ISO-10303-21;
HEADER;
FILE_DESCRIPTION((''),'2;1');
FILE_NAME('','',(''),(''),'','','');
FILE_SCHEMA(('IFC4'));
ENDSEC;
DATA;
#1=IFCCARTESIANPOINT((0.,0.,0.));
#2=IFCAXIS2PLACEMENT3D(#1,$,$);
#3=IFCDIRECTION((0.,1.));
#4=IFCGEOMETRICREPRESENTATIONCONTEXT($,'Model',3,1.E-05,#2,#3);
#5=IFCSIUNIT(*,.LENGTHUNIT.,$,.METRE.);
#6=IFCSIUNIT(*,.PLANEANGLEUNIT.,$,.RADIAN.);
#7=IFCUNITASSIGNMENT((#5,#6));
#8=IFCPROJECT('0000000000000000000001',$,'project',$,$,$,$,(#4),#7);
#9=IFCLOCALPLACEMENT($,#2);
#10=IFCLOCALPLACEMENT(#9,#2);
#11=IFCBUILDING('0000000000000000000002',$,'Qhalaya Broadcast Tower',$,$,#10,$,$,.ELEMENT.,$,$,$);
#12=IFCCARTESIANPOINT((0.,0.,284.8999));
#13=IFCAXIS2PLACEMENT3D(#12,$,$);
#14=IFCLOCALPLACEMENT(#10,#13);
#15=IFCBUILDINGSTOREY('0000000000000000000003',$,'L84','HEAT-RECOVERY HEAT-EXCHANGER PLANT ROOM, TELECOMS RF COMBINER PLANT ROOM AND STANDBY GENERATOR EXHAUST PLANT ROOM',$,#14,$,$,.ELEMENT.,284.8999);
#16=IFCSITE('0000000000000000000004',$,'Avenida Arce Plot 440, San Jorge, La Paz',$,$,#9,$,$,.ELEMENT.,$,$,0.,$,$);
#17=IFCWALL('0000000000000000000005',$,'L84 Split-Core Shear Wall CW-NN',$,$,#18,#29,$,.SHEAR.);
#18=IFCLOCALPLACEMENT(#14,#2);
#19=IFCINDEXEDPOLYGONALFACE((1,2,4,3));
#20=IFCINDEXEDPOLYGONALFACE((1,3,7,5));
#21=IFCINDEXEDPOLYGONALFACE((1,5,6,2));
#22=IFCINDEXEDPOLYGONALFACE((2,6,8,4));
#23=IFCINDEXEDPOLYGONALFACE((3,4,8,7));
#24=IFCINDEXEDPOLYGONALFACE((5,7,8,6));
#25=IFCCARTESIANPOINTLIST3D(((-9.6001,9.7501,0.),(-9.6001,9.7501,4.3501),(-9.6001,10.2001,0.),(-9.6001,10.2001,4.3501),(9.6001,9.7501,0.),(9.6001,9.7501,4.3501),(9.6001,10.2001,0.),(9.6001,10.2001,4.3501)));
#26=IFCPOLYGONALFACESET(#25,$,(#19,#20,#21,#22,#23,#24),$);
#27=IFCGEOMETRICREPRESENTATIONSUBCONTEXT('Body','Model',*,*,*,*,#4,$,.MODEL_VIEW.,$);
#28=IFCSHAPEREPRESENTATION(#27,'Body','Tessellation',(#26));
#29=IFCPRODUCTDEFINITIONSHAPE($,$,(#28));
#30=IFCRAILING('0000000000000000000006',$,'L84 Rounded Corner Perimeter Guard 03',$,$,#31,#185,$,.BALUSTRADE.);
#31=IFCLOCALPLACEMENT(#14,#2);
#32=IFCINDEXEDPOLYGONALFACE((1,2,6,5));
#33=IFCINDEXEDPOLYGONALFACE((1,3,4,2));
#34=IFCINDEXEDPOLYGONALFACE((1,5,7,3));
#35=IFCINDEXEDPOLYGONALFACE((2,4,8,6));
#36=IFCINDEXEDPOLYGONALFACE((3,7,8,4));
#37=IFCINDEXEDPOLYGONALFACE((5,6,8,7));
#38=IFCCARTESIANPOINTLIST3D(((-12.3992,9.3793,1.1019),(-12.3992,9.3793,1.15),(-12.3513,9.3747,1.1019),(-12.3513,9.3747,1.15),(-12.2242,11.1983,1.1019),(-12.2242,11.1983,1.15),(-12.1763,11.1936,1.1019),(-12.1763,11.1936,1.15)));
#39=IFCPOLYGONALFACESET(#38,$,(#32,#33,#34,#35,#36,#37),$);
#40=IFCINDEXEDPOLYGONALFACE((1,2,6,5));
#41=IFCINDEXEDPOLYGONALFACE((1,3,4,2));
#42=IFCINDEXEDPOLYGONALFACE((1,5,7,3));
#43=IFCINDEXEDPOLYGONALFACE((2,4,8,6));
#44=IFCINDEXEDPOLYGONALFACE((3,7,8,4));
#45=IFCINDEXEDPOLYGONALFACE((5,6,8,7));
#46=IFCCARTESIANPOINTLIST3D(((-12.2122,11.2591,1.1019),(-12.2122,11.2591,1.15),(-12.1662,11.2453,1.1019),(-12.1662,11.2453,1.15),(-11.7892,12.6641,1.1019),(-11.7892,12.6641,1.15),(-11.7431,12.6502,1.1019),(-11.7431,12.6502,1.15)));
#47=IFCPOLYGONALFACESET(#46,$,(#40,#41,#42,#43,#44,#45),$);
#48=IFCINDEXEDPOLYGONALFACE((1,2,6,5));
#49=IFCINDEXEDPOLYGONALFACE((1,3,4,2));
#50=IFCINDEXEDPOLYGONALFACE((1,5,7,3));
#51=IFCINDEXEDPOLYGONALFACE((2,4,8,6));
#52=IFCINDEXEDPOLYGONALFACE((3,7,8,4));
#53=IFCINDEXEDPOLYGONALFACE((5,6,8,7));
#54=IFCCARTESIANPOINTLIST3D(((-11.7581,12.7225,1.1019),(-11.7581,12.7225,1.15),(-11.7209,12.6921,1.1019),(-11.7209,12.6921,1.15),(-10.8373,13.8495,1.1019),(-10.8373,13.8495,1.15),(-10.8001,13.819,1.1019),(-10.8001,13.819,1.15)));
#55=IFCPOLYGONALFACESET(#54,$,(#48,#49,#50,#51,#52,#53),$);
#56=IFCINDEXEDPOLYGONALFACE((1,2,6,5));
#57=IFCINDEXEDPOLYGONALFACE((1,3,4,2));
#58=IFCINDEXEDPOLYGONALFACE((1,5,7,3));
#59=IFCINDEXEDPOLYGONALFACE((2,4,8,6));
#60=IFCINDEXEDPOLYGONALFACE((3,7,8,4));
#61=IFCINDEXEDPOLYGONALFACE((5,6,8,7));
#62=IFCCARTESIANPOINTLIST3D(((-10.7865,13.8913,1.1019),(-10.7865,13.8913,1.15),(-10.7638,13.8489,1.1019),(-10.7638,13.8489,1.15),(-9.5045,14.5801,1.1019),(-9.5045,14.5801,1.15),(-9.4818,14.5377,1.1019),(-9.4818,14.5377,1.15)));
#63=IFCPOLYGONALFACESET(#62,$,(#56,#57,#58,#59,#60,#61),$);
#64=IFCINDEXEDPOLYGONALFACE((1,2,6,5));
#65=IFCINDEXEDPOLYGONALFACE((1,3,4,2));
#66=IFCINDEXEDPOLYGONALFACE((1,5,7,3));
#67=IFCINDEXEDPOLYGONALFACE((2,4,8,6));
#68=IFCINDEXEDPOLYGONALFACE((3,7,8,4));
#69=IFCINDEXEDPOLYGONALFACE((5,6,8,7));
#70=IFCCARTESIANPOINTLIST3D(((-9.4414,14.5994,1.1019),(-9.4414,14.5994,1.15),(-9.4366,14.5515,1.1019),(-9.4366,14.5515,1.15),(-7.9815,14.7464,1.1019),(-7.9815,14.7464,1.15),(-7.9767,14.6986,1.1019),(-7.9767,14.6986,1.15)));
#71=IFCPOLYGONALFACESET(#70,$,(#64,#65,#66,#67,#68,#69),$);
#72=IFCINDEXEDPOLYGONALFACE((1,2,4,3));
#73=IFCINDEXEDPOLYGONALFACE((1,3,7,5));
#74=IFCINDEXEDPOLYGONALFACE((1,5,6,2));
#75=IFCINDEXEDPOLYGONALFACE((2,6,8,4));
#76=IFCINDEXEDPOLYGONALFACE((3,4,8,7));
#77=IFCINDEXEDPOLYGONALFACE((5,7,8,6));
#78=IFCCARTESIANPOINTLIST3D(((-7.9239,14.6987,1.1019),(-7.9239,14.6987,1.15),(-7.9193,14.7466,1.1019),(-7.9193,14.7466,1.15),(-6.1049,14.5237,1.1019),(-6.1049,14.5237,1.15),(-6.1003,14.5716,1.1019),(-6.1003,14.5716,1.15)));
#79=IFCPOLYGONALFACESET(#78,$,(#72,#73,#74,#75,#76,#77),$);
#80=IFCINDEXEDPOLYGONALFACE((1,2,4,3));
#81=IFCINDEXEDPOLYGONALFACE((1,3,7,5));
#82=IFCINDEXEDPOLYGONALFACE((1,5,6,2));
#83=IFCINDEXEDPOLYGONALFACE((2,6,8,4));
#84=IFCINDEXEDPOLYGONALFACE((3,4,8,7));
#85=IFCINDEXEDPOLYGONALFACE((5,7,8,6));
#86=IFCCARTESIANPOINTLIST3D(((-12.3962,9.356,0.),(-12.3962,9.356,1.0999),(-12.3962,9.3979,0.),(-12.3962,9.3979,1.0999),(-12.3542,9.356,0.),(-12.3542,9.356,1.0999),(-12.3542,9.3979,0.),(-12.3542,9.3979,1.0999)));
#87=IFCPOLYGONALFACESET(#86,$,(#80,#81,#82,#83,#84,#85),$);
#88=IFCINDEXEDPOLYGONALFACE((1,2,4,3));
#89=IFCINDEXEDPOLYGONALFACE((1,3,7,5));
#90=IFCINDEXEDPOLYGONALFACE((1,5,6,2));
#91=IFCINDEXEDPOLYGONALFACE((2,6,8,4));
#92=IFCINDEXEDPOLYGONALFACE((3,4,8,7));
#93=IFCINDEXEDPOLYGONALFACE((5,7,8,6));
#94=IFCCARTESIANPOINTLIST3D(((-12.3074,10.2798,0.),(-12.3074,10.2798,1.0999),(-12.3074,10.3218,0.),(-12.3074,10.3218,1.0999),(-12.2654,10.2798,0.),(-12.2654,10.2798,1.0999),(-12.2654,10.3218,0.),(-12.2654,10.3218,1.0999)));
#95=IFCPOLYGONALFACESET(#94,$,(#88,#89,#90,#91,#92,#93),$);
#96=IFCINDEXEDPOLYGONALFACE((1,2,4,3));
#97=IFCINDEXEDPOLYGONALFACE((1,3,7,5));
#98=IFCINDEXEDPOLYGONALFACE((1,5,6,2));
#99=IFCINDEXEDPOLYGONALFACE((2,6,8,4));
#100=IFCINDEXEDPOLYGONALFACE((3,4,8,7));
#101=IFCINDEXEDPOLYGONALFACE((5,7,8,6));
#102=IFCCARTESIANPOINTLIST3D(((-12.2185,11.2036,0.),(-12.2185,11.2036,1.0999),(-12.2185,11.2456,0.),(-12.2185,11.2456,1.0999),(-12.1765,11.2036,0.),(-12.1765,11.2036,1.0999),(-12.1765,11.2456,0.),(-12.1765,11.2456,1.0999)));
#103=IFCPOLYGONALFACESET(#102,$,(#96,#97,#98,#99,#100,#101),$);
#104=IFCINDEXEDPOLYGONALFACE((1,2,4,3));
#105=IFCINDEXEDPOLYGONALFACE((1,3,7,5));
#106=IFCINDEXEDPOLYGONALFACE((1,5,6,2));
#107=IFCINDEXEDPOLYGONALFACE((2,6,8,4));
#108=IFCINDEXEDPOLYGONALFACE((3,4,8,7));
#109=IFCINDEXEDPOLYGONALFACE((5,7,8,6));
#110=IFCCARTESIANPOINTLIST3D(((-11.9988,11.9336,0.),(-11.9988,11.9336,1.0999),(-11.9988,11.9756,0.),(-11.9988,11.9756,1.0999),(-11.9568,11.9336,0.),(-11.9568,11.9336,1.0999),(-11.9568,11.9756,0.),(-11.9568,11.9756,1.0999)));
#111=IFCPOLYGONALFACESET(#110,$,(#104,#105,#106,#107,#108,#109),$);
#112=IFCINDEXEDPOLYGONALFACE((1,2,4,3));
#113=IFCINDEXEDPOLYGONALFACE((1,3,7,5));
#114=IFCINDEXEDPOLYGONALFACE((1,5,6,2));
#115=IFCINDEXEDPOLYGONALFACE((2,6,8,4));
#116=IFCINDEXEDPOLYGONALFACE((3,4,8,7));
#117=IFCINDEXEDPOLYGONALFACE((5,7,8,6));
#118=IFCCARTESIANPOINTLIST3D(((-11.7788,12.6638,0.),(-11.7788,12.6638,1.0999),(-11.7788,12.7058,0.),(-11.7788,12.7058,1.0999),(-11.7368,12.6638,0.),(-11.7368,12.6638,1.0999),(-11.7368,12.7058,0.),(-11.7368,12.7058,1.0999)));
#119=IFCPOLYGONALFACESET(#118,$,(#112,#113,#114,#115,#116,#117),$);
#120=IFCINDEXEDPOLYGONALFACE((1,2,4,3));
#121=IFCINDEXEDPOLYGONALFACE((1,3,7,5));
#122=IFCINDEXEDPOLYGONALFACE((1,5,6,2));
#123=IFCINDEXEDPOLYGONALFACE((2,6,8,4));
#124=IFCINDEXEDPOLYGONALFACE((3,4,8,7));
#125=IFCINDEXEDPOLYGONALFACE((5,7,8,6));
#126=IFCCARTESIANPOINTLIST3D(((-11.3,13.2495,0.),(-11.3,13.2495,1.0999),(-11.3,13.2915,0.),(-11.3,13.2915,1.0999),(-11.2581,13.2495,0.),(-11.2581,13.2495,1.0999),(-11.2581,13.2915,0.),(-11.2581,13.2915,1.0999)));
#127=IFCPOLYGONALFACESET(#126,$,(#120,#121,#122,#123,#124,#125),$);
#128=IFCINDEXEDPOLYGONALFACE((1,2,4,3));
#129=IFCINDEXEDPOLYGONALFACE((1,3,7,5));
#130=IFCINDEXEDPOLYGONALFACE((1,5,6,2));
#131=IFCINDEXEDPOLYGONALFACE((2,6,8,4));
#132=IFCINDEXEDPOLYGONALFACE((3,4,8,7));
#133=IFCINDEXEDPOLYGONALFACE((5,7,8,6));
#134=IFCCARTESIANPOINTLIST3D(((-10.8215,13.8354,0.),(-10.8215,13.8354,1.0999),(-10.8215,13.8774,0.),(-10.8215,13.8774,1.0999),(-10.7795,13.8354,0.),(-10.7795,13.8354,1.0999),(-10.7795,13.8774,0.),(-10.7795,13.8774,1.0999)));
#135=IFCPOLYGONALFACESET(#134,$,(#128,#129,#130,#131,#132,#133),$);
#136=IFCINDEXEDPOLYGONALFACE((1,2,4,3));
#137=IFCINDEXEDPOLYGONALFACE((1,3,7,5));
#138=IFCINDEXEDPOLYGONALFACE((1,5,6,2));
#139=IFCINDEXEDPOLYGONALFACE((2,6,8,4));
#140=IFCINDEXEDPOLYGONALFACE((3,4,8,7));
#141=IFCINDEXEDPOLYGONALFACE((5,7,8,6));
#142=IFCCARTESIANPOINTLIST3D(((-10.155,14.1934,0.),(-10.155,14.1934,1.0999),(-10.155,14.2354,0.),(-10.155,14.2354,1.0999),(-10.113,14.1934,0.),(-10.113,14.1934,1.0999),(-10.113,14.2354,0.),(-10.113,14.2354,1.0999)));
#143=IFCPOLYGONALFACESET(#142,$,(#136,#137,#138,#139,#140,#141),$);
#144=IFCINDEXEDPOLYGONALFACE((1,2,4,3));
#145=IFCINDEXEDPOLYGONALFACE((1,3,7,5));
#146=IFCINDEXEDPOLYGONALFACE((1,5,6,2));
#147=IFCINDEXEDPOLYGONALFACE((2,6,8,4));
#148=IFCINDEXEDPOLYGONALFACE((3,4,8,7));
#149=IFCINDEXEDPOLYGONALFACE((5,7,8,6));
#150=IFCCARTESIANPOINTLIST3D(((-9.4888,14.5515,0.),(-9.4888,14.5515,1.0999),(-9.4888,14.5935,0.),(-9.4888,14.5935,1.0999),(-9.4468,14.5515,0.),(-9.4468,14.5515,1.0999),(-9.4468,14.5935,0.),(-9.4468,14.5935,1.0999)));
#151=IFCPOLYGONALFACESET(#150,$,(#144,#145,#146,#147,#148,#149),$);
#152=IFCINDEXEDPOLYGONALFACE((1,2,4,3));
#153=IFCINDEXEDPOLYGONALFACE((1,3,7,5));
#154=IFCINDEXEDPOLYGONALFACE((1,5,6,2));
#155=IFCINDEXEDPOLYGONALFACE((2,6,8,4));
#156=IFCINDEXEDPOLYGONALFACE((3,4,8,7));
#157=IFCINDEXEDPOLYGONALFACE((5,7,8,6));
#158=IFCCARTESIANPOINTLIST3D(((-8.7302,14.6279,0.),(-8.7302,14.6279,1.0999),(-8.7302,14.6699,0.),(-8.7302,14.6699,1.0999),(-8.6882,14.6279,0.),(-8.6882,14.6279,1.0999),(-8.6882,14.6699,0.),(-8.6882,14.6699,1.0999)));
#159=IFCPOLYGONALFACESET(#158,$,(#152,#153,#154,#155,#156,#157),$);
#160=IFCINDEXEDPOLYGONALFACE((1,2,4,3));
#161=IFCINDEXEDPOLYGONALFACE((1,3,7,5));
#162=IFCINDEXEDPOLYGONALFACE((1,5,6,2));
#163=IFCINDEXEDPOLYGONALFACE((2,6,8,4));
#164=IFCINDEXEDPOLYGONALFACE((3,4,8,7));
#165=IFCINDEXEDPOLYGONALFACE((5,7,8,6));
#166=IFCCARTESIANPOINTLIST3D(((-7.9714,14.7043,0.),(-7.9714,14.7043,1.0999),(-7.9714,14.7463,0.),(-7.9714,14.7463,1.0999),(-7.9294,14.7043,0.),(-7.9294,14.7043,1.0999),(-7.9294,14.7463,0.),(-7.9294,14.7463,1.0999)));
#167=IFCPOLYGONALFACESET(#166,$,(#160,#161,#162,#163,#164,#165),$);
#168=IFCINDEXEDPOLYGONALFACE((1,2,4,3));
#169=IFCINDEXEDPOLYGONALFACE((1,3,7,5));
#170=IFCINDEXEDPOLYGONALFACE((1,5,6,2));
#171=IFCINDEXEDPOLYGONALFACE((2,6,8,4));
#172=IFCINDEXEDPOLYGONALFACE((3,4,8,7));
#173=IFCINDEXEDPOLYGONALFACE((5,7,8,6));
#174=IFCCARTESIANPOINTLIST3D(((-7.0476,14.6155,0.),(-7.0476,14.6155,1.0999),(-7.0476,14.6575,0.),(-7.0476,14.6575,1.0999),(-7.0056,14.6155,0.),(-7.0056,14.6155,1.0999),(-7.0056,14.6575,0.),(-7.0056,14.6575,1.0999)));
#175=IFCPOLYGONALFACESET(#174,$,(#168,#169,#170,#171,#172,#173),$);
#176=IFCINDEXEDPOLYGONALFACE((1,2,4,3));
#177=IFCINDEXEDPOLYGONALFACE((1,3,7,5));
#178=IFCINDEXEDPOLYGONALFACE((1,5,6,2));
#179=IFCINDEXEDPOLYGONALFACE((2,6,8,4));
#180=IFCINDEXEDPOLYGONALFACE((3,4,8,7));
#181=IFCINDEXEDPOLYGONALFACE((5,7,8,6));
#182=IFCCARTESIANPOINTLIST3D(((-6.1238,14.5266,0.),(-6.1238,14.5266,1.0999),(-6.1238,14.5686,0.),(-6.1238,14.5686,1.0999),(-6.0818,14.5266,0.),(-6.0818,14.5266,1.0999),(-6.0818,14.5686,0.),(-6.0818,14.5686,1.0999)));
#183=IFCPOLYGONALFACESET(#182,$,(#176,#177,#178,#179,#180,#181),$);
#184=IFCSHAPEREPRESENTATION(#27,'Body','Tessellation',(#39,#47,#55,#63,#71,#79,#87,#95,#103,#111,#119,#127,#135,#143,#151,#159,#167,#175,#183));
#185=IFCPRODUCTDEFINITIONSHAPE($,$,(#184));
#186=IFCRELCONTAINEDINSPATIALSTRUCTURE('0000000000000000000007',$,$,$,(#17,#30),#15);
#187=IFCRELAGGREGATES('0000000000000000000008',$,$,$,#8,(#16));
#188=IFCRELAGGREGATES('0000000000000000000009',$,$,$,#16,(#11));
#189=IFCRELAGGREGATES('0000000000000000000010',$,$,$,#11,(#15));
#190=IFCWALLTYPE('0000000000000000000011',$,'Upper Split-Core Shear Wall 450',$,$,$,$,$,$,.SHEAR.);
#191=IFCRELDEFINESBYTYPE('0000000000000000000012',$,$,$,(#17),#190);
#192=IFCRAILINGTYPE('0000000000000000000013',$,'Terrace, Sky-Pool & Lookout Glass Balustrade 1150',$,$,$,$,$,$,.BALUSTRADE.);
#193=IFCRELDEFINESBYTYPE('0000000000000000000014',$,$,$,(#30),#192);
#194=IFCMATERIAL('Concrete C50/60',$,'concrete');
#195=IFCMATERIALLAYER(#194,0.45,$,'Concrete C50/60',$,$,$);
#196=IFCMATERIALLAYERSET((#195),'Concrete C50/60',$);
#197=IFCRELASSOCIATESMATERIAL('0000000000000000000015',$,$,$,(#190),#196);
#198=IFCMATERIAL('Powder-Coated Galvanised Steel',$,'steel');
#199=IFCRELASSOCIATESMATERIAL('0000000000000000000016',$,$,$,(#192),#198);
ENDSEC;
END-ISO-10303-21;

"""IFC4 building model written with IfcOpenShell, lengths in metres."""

from ifc_helpers import new_model, si_unit, direction, frame, frame_2d, origin, origin_2d, place, context, subcontext, project, spatial, rectangle, extrude, material, layer, layer_set, type_object, element, save


model = new_model("IFC4")

# Units and contexts
model_context = context("Model", 3, precision=1e-05, world=origin(), true_north=direction((0.0, 1.0)))
body_context = subcontext(model_context, "Body", "Model", "MODEL_VIEW")
ifc_project = project(units=[si_unit("LENGTHUNIT", "METRE"), si_unit("PLANEANGLEUNIT", "RADIAN")], contexts=[model_context])

# Site, building, storey
site_placement = place(None, origin())
site = spatial("IfcSite", under=ifc_project, at=site_placement, Name="Avenida Arce Plot 440, San Jorge, La Paz", CompositionType="ELEMENT", RefElevation=0.0)
building_placement = place(site_placement, origin())
building = spatial("IfcBuilding", under=site, at=building_placement, Name="Qhalaya Broadcast Tower", CompositionType="ELEMENT")
storey_placement = place(building_placement, frame((0.0, 0.0, 284.8999)))
storey = spatial("IfcBuildingStorey", under=building, at=storey_placement, Name="L84", Description="HEAT-RECOVERY HEAT-EXCHANGER PLANT ROOM, TELECOMS RF COMBINER PLANT ROOM AND STANDBY GENERATOR EXHAUST PLANT ROOM", CompositionType="ELEMENT", Elevation=284.8999)

# Shared definitions
ifc_material_1 = material(Name="Concrete C50/60", Category="concrete")

# Wall
ifc_layer_1 = layer(ifc_material_1, 0.45, Name="Concrete C50/60")
ifc_layer_set_1 = layer_set([ifc_layer_1], Name="Concrete C50/60")
wall_type_1 = type_object("IfcWallType", Name="Upper Split-Core Shear Wall 450", PredefinedType="SHEAR", material=ifc_layer_set_1)
wall_1_placement = place(storey_placement, frame((-9.6001, 9.9751, 0.0), z_axis=(0.0, 0.0, 1.0), x_axis=(1.0, 0.0, 0.0)))
element("IfcWall", 1, at=wall_1_placement, inside=storey, type_object=wall_type_1, Name="L84 Split-Core Shear Wall CW-NN", PredefinedType="SHEAR", context=body_context, shape_type="SweptSolid", body=[
    extrude(rectangle(XDim=19.2002, YDim=0.45, at=frame_2d((9.6001, 0.0))), origin(), (0.0, 0.0, 1.0), 4.3501),
])

# Railing
ifc_material_2 = material(Name="Powder-Coated Galvanised Steel", Category="steel")
railing_type = type_object("IfcRailingType", Name="Terrace, Sky-Pool & Lookout Glass Balustrade 1150", PredefinedType="BALUSTRADE", material=ifc_material_2)
railing_placement = place(storey_placement, frame((-12.3752, 9.377, 0.0)))
element("IfcRailing", 2, at=railing_placement, inside=storey, type_object=railing_type, Name="L84 Rounded Corner Perimeter Guard 03", PredefinedType="BALUSTRADE", context=body_context, shape_type="SweptSolid", body=[
    extrude(rectangle(XDim=0.0481, YDim=0.0481, at=origin_2d()), frame((0.0, 0.0, 1.126), z_axis=(0.095753, 0.995405, 0.0), x_axis=(-0.995405, 0.095753, 0.0)), (0.0, 0.0, 1.0), 1.8274),
    extrude(rectangle(XDim=0.0481, YDim=0.0481, at=origin_2d()), frame((0.186, 1.8752, 1.126), z_axis=(0.288332, 0.957531, 0.0), x_axis=(-0.957531, 0.288332, 0.0)), (0.0, 0.0, 1.0), 1.4673),
    extrude(rectangle(XDim=0.0481, YDim=0.0481, at=origin_2d()), frame((0.6357, 3.3303, 1.126), z_axis=(0.63271, 0.774388, 0.0), x_axis=(-0.774388, 0.63271, 0.0)), (0.0, 0.0, 1.0), 1.4553),
    extrude(rectangle(XDim=0.0481, YDim=0.0481, at=origin_2d()), frame((1.6001, 4.4932, 1.126), z_axis=(0.880906, 0.473291, 0.0), x_axis=(-0.473291, 0.880906, 0.0)), (0.0, 0.0, 1.0), 1.4553),
    extrude(rectangle(XDim=0.0481, YDim=0.0481, at=origin_2d()), frame((2.9363, 5.1985, 1.126), z_axis=(0.994966, 0.100217, 0.0), x_axis=(-0.100217, 0.994966, 0.0)), (0.0, 0.0, 1.0), 1.4673),
    extrude(rectangle(XDim=0.0481, YDim=0.0481, at=origin_2d()), frame((4.4536, 5.3457, 1.126), z_axis=(0.995405, -0.095753, 0.0), x_axis=(0.095753, 0.995405, 0.0)), (0.0, 0.0, 1.0), 1.8274),
    extrude(rectangle(XDim=0.042, YDim=0.042, at=origin_2d()), origin(), (0.0, 0.0, 1.0), 1.0999),
    extrude(rectangle(XDim=0.042, YDim=0.042, at=origin_2d()), frame((0.0889, 0.9238, 0.0)), (0.0, 0.0, 1.0), 1.0999),
    extrude(rectangle(XDim=0.042, YDim=0.042, at=origin_2d()), frame((0.1777, 1.8477, 0.0)), (0.0, 0.0, 1.0), 1.0999),
    extrude(rectangle(XDim=0.042, YDim=0.042, at=origin_2d()), frame((0.3975, 2.5776, 0.0)), (0.0, 0.0, 1.0), 1.0999),
    extrude(rectangle(XDim=0.042, YDim=0.042, at=origin_2d()), frame((0.6174, 3.3079, 0.0)), (0.0, 0.0, 1.0), 1.0999),
    extrude(rectangle(XDim=0.042, YDim=0.042, at=origin_2d()), frame((1.0962, 3.8936, 0.0)), (0.0, 0.0, 1.0), 1.0999),
    extrude(rectangle(XDim=0.042, YDim=0.042, at=origin_2d()), frame((1.5747, 4.4795, 0.0)), (0.0, 0.0, 1.0), 1.0999),
    extrude(rectangle(XDim=0.042, YDim=0.042, at=origin_2d()), frame((2.2412, 4.8374, 0.0)), (0.0, 0.0, 1.0), 1.0999),
    extrude(rectangle(XDim=0.042, YDim=0.042, at=origin_2d()), frame((2.9075, 5.1956, 0.0)), (0.0, 0.0, 1.0), 1.0999),
    extrude(rectangle(XDim=0.042, YDim=0.042, at=origin_2d()), frame((3.666, 5.272, 0.0)), (0.0, 0.0, 1.0), 1.0999),
    extrude(rectangle(XDim=0.042, YDim=0.042, at=origin_2d()), frame((4.4248, 5.3484, 0.0)), (0.0, 0.0, 1.0), 1.0999),
    extrude(rectangle(XDim=0.042, YDim=0.042, at=origin_2d()), frame((5.3486, 5.2595, 0.0)), (0.0, 0.0, 1.0), 1.0999),
    extrude(rectangle(XDim=0.042, YDim=0.042, at=origin_2d()), frame((6.2725, 5.1707, 0.0)), (0.0, 0.0, 1.0), 1.0999),
])

save(model, "model.ifc")
